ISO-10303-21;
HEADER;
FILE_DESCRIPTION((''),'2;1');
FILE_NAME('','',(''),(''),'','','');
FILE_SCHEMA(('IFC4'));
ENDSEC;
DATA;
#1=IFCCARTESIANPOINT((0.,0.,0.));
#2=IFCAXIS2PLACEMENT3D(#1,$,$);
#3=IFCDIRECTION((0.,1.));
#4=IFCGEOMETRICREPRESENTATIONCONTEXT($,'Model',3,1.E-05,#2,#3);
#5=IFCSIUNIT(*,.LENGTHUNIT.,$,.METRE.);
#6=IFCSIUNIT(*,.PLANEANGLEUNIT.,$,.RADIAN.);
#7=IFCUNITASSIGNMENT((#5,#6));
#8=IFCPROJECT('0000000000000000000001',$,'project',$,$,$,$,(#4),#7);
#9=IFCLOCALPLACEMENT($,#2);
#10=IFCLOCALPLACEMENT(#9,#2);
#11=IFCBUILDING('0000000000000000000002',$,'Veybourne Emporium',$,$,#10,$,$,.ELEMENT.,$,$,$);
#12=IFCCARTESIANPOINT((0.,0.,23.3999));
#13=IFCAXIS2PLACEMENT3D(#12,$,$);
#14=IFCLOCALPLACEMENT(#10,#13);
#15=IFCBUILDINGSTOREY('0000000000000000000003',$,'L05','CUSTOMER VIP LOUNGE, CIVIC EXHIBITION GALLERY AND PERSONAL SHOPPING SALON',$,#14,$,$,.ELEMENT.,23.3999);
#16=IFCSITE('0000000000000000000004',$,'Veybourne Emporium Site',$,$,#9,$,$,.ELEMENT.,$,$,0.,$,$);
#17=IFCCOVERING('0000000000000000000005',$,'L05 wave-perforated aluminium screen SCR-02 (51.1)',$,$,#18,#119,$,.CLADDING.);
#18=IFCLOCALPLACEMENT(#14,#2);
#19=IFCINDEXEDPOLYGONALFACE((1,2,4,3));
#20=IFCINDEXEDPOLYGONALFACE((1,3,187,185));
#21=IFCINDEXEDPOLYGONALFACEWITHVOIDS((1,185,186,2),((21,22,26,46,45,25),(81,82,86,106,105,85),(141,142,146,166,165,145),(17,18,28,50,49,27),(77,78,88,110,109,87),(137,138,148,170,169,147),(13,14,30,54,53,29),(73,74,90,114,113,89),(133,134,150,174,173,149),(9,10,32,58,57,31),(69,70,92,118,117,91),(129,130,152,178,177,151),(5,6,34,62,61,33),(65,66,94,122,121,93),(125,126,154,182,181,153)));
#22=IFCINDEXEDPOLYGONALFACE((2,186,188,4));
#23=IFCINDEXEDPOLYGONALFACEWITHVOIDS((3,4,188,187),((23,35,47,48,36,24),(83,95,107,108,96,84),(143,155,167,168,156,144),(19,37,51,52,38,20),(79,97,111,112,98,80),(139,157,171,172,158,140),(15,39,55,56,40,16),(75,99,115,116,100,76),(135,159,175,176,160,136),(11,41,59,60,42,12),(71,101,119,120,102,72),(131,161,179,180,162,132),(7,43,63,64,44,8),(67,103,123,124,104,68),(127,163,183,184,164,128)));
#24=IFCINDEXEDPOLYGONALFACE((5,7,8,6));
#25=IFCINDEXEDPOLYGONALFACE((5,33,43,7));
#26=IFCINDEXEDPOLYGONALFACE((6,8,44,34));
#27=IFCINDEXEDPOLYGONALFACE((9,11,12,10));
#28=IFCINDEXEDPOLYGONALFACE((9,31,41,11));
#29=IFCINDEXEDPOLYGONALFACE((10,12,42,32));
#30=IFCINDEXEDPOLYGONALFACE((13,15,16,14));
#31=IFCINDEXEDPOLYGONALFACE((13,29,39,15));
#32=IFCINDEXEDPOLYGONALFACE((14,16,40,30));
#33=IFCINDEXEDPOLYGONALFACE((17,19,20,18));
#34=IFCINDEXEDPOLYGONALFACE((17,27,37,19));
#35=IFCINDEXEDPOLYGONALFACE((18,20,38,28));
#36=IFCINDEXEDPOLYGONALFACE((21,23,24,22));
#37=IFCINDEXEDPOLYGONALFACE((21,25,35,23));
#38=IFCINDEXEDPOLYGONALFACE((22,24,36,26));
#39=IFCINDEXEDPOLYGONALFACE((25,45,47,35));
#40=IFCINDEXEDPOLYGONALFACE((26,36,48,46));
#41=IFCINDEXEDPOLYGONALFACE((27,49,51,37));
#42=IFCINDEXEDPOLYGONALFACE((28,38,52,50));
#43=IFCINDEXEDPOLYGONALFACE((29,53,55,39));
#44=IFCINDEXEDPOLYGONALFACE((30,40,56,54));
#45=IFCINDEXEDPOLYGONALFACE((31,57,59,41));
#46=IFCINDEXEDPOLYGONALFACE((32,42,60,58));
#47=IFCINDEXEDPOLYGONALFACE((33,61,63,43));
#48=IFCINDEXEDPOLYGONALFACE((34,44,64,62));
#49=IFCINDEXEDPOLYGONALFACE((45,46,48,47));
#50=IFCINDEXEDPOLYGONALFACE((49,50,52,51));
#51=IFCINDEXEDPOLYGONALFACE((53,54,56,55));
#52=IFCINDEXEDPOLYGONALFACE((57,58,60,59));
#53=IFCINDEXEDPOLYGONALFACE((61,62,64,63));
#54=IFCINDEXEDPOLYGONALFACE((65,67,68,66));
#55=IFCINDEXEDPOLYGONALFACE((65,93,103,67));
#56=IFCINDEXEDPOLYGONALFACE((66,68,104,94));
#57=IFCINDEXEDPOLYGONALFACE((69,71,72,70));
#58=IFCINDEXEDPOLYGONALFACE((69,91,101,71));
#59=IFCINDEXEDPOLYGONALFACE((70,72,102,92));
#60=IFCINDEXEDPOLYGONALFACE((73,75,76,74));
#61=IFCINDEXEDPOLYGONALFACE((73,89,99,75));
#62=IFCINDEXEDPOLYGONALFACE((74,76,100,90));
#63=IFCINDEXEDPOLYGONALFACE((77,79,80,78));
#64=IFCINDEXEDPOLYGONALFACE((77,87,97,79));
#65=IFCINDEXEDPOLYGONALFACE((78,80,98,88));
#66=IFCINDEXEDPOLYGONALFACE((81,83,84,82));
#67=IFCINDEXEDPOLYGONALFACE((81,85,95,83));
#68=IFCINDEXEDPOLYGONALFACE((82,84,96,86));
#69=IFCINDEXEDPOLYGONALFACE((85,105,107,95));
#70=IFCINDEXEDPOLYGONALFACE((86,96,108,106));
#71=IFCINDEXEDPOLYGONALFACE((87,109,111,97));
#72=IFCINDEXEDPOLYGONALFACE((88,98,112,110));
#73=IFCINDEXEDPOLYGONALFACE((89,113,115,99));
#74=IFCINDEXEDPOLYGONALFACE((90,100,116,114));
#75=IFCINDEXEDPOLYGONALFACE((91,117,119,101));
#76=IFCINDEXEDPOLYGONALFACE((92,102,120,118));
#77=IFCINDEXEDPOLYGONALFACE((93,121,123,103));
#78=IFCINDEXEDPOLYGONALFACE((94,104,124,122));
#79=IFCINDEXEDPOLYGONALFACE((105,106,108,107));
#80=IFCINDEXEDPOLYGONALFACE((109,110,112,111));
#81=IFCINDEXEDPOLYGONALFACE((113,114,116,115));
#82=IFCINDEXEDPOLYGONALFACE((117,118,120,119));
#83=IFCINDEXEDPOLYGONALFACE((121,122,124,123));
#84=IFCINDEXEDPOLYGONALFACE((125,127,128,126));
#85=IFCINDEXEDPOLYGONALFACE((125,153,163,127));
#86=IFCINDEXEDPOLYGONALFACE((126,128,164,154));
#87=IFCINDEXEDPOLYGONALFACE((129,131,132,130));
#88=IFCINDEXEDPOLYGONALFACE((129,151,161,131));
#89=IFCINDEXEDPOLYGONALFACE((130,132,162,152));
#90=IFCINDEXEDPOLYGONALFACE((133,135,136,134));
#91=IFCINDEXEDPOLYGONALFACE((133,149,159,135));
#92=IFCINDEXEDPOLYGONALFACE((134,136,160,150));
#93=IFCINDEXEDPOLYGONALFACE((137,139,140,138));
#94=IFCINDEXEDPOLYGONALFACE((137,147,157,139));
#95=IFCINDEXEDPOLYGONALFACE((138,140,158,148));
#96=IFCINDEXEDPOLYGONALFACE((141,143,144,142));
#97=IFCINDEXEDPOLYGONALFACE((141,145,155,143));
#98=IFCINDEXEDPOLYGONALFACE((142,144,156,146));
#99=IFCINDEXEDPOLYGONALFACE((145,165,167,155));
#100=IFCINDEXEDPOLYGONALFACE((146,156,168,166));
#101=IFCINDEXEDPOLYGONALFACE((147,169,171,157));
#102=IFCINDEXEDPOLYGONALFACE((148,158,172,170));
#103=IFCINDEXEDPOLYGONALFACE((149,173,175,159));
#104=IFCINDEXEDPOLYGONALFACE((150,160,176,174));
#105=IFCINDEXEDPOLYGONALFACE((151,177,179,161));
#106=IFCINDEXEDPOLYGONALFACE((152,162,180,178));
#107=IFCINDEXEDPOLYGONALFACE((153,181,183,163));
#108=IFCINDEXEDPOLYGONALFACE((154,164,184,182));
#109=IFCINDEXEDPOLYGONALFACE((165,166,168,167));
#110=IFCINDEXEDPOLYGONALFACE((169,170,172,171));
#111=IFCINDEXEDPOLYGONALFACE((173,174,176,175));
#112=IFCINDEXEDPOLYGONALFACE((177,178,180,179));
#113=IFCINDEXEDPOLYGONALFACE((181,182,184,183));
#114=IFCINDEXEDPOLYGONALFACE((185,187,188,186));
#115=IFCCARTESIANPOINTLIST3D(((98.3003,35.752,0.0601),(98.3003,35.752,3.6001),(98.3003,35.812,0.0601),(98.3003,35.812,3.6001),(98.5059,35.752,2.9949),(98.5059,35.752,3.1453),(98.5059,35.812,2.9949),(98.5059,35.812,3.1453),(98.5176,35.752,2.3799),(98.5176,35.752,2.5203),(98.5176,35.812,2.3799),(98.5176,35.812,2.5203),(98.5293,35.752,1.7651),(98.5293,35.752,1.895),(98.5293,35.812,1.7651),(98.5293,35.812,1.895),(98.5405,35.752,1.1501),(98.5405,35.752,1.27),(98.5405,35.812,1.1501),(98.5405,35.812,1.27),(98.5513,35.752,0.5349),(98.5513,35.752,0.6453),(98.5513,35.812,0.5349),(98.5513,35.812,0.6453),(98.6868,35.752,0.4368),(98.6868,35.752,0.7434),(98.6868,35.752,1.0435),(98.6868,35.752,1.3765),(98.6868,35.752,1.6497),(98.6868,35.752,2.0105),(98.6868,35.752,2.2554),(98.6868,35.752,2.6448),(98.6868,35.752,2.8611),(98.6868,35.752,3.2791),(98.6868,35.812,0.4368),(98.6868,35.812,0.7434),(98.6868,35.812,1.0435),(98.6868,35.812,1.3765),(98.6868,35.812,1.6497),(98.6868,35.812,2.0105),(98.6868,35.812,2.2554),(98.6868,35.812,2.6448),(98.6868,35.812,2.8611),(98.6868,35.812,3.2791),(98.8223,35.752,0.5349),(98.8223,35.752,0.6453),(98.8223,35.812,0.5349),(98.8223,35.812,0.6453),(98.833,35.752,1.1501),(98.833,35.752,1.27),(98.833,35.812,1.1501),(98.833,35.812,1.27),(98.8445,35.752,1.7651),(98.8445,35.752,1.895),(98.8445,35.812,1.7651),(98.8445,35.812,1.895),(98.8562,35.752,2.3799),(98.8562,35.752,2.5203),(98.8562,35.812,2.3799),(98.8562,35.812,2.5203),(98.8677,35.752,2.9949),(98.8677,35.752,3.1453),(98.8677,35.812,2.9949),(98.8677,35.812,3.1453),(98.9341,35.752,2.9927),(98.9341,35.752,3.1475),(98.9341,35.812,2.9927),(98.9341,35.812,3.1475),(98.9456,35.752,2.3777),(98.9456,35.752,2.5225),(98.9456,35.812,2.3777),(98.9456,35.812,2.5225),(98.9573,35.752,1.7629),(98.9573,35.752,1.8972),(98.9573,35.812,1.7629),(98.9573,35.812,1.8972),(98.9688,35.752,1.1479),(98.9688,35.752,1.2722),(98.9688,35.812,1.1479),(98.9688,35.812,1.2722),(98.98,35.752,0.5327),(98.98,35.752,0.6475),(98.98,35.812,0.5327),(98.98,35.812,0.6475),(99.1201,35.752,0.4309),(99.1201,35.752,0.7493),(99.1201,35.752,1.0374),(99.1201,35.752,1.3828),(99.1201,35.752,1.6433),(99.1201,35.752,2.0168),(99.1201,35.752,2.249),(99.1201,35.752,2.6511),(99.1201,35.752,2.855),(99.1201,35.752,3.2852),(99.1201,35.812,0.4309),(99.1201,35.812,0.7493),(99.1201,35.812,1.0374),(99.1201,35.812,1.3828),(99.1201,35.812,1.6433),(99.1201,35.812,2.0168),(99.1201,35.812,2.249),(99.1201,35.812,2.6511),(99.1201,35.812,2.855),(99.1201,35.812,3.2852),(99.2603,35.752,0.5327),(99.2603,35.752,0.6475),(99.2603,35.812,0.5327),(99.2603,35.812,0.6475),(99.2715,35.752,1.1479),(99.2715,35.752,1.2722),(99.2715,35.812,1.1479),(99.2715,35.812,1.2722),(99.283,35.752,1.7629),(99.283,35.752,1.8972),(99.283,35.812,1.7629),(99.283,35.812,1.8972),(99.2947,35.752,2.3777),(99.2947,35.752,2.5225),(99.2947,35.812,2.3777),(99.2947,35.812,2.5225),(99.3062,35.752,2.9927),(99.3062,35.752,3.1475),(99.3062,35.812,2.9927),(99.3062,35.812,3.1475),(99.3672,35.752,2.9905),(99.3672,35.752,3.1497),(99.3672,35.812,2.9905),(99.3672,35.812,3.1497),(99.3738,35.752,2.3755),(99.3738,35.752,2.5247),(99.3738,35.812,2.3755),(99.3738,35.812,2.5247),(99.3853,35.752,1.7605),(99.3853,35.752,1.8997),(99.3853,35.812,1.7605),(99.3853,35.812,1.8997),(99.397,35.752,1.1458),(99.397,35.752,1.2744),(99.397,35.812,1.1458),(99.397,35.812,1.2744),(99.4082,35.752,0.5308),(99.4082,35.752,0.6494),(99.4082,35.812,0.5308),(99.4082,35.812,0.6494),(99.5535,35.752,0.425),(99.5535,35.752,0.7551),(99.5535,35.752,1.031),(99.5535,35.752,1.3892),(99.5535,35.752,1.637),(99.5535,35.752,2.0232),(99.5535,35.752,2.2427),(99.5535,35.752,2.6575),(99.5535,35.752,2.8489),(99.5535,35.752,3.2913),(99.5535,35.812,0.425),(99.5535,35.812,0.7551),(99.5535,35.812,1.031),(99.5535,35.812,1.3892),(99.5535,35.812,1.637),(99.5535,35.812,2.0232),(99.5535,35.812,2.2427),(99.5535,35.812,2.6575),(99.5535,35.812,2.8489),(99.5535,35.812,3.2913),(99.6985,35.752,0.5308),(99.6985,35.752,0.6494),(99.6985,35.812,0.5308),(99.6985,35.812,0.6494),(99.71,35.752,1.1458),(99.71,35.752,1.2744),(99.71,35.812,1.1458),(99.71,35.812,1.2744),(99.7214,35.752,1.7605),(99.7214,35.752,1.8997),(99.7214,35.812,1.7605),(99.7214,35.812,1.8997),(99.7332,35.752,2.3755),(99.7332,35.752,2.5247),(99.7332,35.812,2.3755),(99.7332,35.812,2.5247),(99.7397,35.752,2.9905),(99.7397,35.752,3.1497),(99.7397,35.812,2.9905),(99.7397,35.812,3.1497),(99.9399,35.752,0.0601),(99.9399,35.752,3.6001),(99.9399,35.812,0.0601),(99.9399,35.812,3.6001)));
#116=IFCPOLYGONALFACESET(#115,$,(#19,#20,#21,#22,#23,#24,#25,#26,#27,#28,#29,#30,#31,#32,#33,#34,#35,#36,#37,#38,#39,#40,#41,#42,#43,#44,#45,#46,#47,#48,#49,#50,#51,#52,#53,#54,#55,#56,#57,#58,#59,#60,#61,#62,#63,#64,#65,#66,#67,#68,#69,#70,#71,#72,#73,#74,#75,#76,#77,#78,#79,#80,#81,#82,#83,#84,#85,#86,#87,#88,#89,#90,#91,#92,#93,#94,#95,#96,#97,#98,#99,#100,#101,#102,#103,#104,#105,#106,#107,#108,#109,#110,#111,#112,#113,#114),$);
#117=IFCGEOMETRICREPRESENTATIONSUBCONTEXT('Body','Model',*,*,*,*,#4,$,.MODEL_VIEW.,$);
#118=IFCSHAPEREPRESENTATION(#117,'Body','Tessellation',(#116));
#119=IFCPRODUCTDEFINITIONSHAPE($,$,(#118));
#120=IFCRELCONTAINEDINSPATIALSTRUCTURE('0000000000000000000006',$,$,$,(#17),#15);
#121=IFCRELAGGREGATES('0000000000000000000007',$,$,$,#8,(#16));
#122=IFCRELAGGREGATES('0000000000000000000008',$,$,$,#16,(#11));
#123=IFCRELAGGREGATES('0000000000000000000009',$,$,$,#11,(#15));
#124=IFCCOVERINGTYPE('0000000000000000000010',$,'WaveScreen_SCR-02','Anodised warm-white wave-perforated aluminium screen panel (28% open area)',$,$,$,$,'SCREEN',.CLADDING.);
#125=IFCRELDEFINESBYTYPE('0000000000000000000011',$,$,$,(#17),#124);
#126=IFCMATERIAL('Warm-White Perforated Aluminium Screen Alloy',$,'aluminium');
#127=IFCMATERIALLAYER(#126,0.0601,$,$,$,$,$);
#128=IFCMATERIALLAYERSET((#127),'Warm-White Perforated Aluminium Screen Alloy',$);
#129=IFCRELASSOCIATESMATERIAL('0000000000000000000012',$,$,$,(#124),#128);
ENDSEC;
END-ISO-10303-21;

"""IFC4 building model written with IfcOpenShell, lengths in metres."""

from ifc_helpers import new_model, si_unit, direction, frame, origin, place, context, subcontext, project, spatial, polyline, outline, extrude, material, layer, layer_set, type_object, element, save


model = new_model("IFC4")

# Units and contexts
model_context = context("Model", 3, precision=1e-05, world=origin(), true_north=direction((0.0, 1.0)))
body_context = subcontext(model_context, "Body", "Model", "MODEL_VIEW")
ifc_project = project(units=[si_unit("LENGTHUNIT", "METRE"), si_unit("PLANEANGLEUNIT", "RADIAN")], contexts=[model_context])

# Site, building, storey
site_placement = place(None, origin())
site = spatial("IfcSite", under=ifc_project, at=site_placement, Name="Veybourne Emporium Site", CompositionType="ELEMENT", RefElevation=0.0)
building_placement = place(site_placement, origin())
building = spatial("IfcBuilding", under=site, at=building_placement, Name="Veybourne Emporium", CompositionType="ELEMENT")
storey_placement = place(building_placement, frame((0.0, 0.0, 23.3999)))
storey = spatial("IfcBuildingStorey", under=building, at=storey_placement, Name="L05", Description="CUSTOMER VIP LOUNGE, CIVIC EXHIBITION GALLERY AND PERSONAL SHOPPING SALON", CompositionType="ELEMENT", Elevation=23.3999)

# Covering
ifc_material_1 = material(Name="Warm-White Perforated Aluminium Screen Alloy", Category="aluminium")
ifc_layer_1 = layer(ifc_material_1, 0.0601)
ifc_layer_set_1 = layer_set([ifc_layer_1], Name="Warm-White Perforated Aluminium Screen Alloy")
covering_type_1 = type_object("IfcCoveringType", Name="WaveScreen_SCR-02", Description="Anodised warm-white wave-perforated aluminium screen panel (28% open area)", ElementType="SCREEN", PredefinedType="CLADDING", material=ifc_layer_set_1)
covering_1_placement = place(storey_placement, frame((99.1201, 35.752, 1.8301), z_axis=(0.0, 1.0, 0.0), x_axis=(-1.0, 0.0, 0.0)))
element("IfcCovering", 1, at=covering_1_placement, inside=storey, type_object=covering_type_1, Name="L05 wave-perforated aluminium screen SCR-02 (51.1)", PredefinedType="CLADDING", context=body_context, shape_type="SweptSolid", body=[
    extrude(outline(polyline([(-0.8198, -1.77), (0.8198, -1.77), (0.8198, 1.77), (-0.8198, 1.77), (-0.8198, -1.77)]), holes=[polyline([(-0.4333, -1.075), (-0.2881, -1.1807), (-0.2881, -1.2993), (-0.4333, -1.405), (-0.5784, -1.2993), (-0.5784, -1.1807), (-0.4333, -1.075)]), polyline([(-0.4333, -0.4409), (-0.2769, -0.5557), (-0.2769, -0.6843), (-0.4333, -0.7991), (-0.5898, -0.6843), (-0.5898, -0.5557), (-0.4333, -0.4409)]), polyline([(-0.4333, 0.1931), (-0.2651, 0.0696), (-0.2651, -0.0696), (-0.4333, -0.1931), (-0.6013, -0.0696), (-0.6013, 0.0696), (-0.4333, 0.1931)]), polyline([(-0.4333, 0.8274), (-0.2537, 0.6946), (-0.2537, 0.5454), (-0.4333, 0.4126), (-0.613, 0.5454), (-0.613, 0.6946), (-0.4333, 0.8274)]), polyline([(-0.4333, 1.4612), (-0.2471, 1.3196), (-0.2471, 1.1604), (-0.4333, 1.0188), (-0.6196, 1.1604), (-0.6196, 1.3196), (-0.4333, 1.4612)]), polyline([(0.0, -1.0808), (0.1401, -1.1826), (0.1401, -1.2974), (0.0, -1.3992), (-0.1401, -1.2974), (-0.1401, -1.1826), (0.0, -1.0808)]), polyline([(0.0, -0.4473), (0.1514, -0.5579), (0.1514, -0.6821), (0.0, -0.7927), (-0.1514, -0.6821), (-0.1514, -0.5579), (0.0, -0.4473)]), polyline([(0.0, 0.1868), (0.1628, 0.0671), (0.1628, -0.0671), (0.0, -0.1868), (-0.1628, -0.0671), (-0.1628, 0.0671), (0.0, 0.1868)]), polyline([(0.0, 0.821), (0.1746, 0.6924), (0.1746, 0.5476), (0.0, 0.4189), (-0.1746, 0.5476), (-0.1746, 0.6924), (0.0, 0.821)]), polyline([(0.0, 1.4551), (0.186, 1.3174), (0.186, 1.1626), (0.0, 1.0249), (-0.186, 1.1626), (-0.186, 1.3174), (0.0, 1.4551)]), polyline([(0.4333, -1.0867), (0.5688, -1.1848), (0.5688, -1.2952), (0.4333, -1.3933), (0.2979, -1.2952), (0.2979, -1.1848), (0.4333, -1.0867)]), polyline([(0.4333, -0.4536), (0.5796, -0.5601), (0.5796, -0.6799), (0.4333, -0.7866), (0.2871, -0.6799), (0.2871, -0.5601), (0.4333, -0.4536)]), polyline([(0.4333, 0.1804), (0.5908, 0.0649), (0.5908, -0.0649), (0.4333, -0.1804), (0.2756, -0.0649), (0.2756, 0.0649), (0.4333, 0.1804)]), polyline([(0.4333, 0.8147), (0.6025, 0.6902), (0.6025, 0.5498), (0.4333, 0.4253), (0.2639, 0.5498), (0.2639, 0.6902), (0.4333, 0.8147)]), polyline([(0.4333, 1.449), (0.6143, 1.3152), (0.6143, 1.1648), (0.4333, 1.031), (0.2524, 1.1648), (0.2524, 1.3152), (0.4333, 1.449)])]), origin(), (0.0, 0.0, 1.0), 0.0601),
])

save(model, "model.ifc")
